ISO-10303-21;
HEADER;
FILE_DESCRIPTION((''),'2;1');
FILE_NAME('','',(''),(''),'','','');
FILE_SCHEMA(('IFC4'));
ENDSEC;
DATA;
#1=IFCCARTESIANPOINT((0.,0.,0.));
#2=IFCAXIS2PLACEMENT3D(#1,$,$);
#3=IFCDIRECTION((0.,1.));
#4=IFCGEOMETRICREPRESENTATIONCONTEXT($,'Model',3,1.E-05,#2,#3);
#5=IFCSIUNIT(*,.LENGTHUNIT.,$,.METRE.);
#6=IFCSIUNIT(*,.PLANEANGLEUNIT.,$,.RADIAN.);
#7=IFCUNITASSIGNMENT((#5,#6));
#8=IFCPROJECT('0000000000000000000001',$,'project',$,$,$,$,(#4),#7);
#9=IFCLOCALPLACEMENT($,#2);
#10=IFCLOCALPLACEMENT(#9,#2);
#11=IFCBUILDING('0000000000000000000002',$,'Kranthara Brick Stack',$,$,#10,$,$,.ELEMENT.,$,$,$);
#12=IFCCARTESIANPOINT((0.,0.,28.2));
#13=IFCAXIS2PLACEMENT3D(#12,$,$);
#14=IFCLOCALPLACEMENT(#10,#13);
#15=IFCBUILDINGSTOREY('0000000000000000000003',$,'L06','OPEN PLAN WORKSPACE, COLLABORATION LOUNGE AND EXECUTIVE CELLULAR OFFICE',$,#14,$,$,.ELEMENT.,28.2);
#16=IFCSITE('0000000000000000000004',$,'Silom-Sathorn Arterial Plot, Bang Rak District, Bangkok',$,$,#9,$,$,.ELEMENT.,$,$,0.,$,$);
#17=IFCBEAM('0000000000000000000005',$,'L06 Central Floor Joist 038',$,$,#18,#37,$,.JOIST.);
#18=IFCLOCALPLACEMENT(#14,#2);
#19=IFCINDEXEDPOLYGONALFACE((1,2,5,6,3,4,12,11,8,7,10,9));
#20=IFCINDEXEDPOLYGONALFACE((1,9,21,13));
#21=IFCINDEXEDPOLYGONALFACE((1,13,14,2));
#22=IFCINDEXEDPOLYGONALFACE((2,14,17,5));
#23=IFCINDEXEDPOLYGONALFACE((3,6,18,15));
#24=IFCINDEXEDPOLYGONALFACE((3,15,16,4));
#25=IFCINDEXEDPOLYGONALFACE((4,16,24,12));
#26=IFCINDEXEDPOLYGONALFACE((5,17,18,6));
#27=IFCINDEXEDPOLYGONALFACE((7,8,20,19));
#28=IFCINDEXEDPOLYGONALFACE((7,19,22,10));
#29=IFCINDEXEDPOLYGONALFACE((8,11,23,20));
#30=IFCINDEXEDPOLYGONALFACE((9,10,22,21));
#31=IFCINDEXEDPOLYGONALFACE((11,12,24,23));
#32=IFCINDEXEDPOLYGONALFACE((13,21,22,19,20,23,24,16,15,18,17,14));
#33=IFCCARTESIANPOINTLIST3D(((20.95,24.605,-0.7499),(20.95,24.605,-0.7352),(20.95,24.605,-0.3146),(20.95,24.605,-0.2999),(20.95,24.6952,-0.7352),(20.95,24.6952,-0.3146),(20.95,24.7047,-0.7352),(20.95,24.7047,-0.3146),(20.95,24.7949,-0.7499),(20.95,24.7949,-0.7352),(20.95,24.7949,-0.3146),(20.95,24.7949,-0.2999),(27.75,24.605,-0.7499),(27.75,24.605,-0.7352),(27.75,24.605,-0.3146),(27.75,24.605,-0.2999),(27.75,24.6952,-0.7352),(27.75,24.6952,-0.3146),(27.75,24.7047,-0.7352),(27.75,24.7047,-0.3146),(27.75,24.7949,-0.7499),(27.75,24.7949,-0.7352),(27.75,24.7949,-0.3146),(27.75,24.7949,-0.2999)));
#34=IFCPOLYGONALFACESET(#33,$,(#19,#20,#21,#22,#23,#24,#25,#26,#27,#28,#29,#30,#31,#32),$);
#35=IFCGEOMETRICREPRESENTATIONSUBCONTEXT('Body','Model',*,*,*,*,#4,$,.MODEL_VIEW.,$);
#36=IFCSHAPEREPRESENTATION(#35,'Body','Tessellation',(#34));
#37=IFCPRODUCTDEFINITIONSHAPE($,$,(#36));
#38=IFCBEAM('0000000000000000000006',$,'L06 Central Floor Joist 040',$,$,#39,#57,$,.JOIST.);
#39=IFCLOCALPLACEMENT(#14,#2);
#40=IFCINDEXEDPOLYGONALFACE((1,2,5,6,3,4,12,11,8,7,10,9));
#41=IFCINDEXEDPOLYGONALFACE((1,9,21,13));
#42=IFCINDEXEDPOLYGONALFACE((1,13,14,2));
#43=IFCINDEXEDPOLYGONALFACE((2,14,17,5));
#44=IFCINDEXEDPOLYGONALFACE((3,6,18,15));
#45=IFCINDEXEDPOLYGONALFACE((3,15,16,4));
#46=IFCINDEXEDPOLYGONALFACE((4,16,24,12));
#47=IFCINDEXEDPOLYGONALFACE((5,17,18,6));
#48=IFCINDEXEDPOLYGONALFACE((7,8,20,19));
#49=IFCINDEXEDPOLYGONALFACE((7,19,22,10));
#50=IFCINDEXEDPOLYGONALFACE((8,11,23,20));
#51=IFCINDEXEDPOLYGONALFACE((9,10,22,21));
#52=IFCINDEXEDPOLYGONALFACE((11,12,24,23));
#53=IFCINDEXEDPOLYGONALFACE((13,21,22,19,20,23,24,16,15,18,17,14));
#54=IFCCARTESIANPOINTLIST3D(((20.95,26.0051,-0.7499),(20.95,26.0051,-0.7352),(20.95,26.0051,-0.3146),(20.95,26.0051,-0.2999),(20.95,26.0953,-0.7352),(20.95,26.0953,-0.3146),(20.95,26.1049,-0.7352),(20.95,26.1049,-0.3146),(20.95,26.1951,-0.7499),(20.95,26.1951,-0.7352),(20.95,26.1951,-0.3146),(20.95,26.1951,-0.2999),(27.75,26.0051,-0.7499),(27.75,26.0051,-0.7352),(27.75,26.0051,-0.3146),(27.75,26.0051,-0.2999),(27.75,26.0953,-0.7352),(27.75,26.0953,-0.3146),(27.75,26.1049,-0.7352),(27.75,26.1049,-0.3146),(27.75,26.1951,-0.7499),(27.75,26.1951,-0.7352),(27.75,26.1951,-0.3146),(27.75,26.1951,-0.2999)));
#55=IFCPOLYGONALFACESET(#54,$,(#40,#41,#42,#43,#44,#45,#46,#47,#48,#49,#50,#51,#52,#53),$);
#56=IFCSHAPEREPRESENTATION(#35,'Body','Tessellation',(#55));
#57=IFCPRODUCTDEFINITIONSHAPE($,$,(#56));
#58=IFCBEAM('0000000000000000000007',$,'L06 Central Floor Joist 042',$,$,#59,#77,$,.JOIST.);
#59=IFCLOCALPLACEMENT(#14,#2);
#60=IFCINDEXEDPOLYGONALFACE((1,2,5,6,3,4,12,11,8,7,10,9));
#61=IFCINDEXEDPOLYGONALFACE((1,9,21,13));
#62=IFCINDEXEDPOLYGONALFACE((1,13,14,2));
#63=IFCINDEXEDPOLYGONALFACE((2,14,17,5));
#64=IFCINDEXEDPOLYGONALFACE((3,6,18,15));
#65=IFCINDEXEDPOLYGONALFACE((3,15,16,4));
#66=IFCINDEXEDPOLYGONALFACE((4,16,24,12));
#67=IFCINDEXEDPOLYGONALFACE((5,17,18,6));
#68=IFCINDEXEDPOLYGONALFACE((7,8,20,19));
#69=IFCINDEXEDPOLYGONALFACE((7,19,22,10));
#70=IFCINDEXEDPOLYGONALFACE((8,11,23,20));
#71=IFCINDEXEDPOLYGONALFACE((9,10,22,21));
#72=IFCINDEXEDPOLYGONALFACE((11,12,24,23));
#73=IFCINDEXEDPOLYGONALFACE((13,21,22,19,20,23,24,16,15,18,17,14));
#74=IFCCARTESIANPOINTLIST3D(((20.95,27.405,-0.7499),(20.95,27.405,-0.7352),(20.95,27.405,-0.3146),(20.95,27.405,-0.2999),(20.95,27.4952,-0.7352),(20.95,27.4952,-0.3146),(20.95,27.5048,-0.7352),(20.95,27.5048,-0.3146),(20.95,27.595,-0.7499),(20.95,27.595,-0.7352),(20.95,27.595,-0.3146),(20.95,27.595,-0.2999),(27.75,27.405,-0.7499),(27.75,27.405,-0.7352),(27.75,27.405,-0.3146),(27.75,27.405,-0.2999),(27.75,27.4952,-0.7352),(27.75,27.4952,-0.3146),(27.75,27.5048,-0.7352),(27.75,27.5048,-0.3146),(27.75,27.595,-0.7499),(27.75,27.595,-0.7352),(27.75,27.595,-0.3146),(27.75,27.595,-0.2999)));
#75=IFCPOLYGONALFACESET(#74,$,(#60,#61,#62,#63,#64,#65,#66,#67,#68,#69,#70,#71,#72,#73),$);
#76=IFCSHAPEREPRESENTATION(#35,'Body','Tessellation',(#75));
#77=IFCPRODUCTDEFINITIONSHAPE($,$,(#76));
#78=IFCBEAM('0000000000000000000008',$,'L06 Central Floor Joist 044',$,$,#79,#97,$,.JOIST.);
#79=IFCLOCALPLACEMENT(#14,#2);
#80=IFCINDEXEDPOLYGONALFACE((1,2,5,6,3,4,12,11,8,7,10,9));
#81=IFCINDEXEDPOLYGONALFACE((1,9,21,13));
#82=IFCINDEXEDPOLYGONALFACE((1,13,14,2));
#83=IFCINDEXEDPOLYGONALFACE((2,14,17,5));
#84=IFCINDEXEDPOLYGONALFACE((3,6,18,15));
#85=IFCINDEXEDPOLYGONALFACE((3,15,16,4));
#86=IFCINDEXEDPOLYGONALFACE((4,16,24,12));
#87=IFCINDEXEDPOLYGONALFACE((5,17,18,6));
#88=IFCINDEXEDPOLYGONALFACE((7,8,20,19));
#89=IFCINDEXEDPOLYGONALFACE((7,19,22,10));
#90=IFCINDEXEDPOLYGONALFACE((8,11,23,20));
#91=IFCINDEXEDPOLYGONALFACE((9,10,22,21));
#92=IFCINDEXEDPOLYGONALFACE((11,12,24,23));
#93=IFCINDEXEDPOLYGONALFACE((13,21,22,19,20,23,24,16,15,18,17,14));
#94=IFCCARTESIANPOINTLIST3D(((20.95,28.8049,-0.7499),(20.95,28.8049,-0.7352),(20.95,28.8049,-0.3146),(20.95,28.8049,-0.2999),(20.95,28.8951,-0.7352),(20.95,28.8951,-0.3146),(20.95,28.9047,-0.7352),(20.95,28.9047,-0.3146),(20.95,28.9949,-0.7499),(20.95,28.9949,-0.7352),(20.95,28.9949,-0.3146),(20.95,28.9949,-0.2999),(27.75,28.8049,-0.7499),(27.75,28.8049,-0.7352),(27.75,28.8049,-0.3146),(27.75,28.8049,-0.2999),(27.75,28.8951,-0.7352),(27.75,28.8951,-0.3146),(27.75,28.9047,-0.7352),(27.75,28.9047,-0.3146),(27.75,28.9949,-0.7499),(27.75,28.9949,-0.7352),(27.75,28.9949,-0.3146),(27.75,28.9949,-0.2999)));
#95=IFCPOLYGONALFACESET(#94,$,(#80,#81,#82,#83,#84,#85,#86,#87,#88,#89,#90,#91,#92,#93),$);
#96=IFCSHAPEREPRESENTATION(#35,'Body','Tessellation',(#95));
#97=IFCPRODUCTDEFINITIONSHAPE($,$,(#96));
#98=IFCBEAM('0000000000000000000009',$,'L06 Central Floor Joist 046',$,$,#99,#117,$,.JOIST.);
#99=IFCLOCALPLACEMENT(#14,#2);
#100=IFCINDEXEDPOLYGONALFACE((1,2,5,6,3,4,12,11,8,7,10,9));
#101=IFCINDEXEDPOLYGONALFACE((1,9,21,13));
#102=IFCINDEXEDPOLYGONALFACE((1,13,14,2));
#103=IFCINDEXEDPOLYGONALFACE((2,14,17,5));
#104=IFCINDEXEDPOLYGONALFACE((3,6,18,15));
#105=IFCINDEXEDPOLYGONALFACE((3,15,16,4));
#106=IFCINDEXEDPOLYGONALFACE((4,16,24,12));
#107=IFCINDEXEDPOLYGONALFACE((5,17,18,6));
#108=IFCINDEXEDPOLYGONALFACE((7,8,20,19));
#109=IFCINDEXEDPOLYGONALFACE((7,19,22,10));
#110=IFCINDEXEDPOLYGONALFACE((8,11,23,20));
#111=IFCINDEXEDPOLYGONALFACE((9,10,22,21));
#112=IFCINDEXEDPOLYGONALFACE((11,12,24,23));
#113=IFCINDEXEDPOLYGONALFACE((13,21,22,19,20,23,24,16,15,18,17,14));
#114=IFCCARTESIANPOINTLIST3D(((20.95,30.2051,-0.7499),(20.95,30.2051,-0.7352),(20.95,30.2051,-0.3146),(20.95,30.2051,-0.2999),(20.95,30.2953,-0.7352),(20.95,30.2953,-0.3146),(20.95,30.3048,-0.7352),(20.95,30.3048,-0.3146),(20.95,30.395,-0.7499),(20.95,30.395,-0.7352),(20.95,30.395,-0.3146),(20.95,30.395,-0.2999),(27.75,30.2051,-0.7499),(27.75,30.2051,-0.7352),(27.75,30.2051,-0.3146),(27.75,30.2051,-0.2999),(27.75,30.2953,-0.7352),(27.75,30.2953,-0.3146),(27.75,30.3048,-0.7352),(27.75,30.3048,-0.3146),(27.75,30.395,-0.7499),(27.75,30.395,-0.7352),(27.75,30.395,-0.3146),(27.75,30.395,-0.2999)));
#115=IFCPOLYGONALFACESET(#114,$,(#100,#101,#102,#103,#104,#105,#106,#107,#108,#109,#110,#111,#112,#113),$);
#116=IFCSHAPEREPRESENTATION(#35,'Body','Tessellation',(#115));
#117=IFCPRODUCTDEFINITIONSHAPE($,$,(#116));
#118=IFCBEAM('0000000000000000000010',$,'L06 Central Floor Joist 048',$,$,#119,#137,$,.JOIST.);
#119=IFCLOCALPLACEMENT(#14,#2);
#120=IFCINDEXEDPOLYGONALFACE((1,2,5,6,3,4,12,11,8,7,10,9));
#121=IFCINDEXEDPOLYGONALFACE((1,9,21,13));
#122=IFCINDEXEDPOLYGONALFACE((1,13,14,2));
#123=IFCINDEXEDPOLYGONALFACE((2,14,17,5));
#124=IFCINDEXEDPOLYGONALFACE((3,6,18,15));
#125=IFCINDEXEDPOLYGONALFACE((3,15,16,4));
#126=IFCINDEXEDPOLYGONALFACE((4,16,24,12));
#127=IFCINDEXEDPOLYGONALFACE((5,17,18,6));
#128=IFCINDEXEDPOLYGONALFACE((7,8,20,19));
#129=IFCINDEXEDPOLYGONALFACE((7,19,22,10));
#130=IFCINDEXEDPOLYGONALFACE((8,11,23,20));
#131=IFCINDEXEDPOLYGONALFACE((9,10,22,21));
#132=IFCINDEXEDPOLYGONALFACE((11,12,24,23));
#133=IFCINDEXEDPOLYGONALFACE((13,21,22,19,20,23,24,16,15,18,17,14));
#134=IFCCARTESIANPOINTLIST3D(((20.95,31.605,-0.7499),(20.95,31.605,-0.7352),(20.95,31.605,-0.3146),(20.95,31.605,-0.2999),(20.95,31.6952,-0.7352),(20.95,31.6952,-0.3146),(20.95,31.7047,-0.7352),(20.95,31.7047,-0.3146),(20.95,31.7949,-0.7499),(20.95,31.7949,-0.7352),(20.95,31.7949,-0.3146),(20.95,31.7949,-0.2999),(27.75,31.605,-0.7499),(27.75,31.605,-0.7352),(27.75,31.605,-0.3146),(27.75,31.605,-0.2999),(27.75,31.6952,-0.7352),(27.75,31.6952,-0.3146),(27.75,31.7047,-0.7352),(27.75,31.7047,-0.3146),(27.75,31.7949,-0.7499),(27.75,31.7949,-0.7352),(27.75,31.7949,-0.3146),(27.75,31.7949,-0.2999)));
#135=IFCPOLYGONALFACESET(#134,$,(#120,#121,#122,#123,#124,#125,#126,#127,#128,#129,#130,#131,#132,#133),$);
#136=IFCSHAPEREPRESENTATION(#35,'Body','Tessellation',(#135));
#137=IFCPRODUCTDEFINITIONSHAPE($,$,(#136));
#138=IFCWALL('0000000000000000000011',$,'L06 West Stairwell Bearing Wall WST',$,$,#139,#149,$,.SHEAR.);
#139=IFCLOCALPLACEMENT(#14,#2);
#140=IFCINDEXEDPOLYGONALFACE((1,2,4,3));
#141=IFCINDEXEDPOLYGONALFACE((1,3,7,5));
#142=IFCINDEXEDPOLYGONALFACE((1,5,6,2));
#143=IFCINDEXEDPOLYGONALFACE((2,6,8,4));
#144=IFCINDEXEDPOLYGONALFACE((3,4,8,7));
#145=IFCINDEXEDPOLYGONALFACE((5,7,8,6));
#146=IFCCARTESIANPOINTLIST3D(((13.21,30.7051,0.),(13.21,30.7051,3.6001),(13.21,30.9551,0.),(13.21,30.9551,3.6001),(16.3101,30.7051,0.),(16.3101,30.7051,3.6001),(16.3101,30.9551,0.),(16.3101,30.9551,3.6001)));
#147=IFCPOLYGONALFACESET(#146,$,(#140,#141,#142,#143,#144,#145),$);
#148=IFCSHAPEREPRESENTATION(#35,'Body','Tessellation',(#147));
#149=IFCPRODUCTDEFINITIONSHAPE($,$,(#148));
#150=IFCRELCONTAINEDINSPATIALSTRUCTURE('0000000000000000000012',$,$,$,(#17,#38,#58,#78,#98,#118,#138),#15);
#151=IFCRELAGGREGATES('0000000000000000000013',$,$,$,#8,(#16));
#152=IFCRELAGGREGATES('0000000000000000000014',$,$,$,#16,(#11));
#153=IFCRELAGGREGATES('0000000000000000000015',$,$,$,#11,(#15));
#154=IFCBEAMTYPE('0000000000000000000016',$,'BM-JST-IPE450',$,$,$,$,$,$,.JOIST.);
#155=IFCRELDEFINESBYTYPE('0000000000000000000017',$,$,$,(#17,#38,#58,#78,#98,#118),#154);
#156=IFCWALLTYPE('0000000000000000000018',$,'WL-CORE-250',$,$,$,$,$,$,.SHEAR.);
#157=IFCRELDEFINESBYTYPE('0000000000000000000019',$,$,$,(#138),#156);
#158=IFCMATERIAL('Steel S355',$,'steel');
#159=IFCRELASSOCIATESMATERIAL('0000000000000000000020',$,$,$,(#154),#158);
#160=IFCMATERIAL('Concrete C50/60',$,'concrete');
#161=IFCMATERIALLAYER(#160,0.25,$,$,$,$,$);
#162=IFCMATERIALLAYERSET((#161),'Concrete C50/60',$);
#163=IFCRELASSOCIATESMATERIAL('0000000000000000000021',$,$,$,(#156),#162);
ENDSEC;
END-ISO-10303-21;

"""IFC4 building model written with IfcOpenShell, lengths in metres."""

from ifc_helpers import new_model, si_unit, direction, frame, frame_2d, origin, origin_2d, place, context, subcontext, project, spatial, rectangle, i_section, extrude, material, layer, layer_set, material_profile, profile_set, type_object, element, save


model = new_model("IFC4")

# Units and contexts
model_context = context("Model", 3, precision=1e-05, world=origin(), true_north=direction((0.0, 1.0)))
body_context = subcontext(model_context, "Body", "Model", "MODEL_VIEW")
ifc_project = project(units=[si_unit("LENGTHUNIT", "METRE"), si_unit("PLANEANGLEUNIT", "RADIAN")], contexts=[model_context])

# Site, building, storey
site_placement = place(None, origin())
site = spatial("IfcSite", under=ifc_project, at=site_placement, Name="Silom-Sathorn Arterial Plot, Bang Rak District, Bangkok", CompositionType="ELEMENT", RefElevation=0.0)
building_placement = place(site_placement, origin())
building = spatial("IfcBuilding", under=site, at=building_placement, Name="Kranthara Brick Stack", CompositionType="ELEMENT")
storey_placement = place(building_placement, frame((0.0, 0.0, 28.2)))
storey = spatial("IfcBuildingStorey", under=building, at=storey_placement, Name="L06", Description="OPEN PLAN WORKSPACE, COLLABORATION LOUNGE AND EXECUTIVE CELLULAR OFFICE", CompositionType="ELEMENT", Elevation=28.2)

# Beams
ifc_material_1 = material(Name="Steel S355", Category="steel")
ifc_material_profile = material_profile(ifc_material_1, i_section(OverallWidth=0.1899, OverallDepth=0.45, WebThickness=0.0095, FlangeThickness=0.0146, at=origin_2d()), Name="IPE 450")
ifc_profile_set = profile_set([ifc_material_profile], Name="Steel S355")
beam_type = type_object("IfcBeamType", Name="BM-JST-IPE450", PredefinedType="JOIST", material=ifc_profile_set)
for number, where, z_axis, x_axis, name in (
    (1, (20.95, 24.7, -0.5249), (1.0, 0.0, 0.0), (0.0, 1.0, 0.0), "L06 Central Floor Joist 038"),
    (2, (20.95, 26.1001, -0.5249), (1.0, 0.0, 0.0), (0.0, 1.0, 0.0), "L06 Central Floor Joist 040"),
    (3, (20.95, 27.5, -0.5249), (1.0, 0.0, 0.0), (0.0, 1.0, 0.0), "L06 Central Floor Joist 042"),
    (4, (20.95, 28.8999, -0.5249), (1.0, 0.0, 0.0), (0.0, 1.0, 0.0), "L06 Central Floor Joist 044"),
    (5, (20.95, 30.3, -0.5249), (1.0, 0.0, 0.0), (0.0, 1.0, 0.0), "L06 Central Floor Joist 046"),
    (6, (20.95, 31.7, -0.5249), (1.0, 0.0, 0.0), (0.0, 1.0, 0.0), "L06 Central Floor Joist 048"),
):
    element("IfcBeam", number, at=place(storey_placement, frame(where, z_axis=z_axis, x_axis=x_axis)), inside=storey, type_object=beam_type, Name=name, PredefinedType="JOIST", context=body_context, shape_type="SweptSolid", body=[
        extrude(i_section(OverallWidth=0.1899, OverallDepth=0.45, WebThickness=0.0095, FlangeThickness=0.0146, at=origin_2d()), origin(), (0.0, 0.0, 1.0), 6.8),
    ])

# Wall
ifc_material_2 = material(Name="Concrete C50/60", Category="concrete")
ifc_layer_1 = layer(ifc_material_2, 0.25)
ifc_layer_set_1 = layer_set([ifc_layer_1], Name="Concrete C50/60")
wall_type_1 = type_object("IfcWallType", Name="WL-CORE-250", PredefinedType="SHEAR", material=ifc_layer_set_1)
wall_1_placement = place(storey_placement, frame((13.21, 30.8301, 0.0), z_axis=(0.0, 0.0, 1.0), x_axis=(1.0, 0.0, 0.0)))
element("IfcWall", 7, at=wall_1_placement, inside=storey, type_object=wall_type_1, Name="L06 West Stairwell Bearing Wall WST", PredefinedType="SHEAR", context=body_context, shape_type="SweptSolid", body=[
    extrude(rectangle(XDim=3.1001, YDim=0.25, at=frame_2d((1.55, 0.0))), origin(), (0.0, 0.0, 1.0), 3.6001),
])

save(model, "model.ifc")
